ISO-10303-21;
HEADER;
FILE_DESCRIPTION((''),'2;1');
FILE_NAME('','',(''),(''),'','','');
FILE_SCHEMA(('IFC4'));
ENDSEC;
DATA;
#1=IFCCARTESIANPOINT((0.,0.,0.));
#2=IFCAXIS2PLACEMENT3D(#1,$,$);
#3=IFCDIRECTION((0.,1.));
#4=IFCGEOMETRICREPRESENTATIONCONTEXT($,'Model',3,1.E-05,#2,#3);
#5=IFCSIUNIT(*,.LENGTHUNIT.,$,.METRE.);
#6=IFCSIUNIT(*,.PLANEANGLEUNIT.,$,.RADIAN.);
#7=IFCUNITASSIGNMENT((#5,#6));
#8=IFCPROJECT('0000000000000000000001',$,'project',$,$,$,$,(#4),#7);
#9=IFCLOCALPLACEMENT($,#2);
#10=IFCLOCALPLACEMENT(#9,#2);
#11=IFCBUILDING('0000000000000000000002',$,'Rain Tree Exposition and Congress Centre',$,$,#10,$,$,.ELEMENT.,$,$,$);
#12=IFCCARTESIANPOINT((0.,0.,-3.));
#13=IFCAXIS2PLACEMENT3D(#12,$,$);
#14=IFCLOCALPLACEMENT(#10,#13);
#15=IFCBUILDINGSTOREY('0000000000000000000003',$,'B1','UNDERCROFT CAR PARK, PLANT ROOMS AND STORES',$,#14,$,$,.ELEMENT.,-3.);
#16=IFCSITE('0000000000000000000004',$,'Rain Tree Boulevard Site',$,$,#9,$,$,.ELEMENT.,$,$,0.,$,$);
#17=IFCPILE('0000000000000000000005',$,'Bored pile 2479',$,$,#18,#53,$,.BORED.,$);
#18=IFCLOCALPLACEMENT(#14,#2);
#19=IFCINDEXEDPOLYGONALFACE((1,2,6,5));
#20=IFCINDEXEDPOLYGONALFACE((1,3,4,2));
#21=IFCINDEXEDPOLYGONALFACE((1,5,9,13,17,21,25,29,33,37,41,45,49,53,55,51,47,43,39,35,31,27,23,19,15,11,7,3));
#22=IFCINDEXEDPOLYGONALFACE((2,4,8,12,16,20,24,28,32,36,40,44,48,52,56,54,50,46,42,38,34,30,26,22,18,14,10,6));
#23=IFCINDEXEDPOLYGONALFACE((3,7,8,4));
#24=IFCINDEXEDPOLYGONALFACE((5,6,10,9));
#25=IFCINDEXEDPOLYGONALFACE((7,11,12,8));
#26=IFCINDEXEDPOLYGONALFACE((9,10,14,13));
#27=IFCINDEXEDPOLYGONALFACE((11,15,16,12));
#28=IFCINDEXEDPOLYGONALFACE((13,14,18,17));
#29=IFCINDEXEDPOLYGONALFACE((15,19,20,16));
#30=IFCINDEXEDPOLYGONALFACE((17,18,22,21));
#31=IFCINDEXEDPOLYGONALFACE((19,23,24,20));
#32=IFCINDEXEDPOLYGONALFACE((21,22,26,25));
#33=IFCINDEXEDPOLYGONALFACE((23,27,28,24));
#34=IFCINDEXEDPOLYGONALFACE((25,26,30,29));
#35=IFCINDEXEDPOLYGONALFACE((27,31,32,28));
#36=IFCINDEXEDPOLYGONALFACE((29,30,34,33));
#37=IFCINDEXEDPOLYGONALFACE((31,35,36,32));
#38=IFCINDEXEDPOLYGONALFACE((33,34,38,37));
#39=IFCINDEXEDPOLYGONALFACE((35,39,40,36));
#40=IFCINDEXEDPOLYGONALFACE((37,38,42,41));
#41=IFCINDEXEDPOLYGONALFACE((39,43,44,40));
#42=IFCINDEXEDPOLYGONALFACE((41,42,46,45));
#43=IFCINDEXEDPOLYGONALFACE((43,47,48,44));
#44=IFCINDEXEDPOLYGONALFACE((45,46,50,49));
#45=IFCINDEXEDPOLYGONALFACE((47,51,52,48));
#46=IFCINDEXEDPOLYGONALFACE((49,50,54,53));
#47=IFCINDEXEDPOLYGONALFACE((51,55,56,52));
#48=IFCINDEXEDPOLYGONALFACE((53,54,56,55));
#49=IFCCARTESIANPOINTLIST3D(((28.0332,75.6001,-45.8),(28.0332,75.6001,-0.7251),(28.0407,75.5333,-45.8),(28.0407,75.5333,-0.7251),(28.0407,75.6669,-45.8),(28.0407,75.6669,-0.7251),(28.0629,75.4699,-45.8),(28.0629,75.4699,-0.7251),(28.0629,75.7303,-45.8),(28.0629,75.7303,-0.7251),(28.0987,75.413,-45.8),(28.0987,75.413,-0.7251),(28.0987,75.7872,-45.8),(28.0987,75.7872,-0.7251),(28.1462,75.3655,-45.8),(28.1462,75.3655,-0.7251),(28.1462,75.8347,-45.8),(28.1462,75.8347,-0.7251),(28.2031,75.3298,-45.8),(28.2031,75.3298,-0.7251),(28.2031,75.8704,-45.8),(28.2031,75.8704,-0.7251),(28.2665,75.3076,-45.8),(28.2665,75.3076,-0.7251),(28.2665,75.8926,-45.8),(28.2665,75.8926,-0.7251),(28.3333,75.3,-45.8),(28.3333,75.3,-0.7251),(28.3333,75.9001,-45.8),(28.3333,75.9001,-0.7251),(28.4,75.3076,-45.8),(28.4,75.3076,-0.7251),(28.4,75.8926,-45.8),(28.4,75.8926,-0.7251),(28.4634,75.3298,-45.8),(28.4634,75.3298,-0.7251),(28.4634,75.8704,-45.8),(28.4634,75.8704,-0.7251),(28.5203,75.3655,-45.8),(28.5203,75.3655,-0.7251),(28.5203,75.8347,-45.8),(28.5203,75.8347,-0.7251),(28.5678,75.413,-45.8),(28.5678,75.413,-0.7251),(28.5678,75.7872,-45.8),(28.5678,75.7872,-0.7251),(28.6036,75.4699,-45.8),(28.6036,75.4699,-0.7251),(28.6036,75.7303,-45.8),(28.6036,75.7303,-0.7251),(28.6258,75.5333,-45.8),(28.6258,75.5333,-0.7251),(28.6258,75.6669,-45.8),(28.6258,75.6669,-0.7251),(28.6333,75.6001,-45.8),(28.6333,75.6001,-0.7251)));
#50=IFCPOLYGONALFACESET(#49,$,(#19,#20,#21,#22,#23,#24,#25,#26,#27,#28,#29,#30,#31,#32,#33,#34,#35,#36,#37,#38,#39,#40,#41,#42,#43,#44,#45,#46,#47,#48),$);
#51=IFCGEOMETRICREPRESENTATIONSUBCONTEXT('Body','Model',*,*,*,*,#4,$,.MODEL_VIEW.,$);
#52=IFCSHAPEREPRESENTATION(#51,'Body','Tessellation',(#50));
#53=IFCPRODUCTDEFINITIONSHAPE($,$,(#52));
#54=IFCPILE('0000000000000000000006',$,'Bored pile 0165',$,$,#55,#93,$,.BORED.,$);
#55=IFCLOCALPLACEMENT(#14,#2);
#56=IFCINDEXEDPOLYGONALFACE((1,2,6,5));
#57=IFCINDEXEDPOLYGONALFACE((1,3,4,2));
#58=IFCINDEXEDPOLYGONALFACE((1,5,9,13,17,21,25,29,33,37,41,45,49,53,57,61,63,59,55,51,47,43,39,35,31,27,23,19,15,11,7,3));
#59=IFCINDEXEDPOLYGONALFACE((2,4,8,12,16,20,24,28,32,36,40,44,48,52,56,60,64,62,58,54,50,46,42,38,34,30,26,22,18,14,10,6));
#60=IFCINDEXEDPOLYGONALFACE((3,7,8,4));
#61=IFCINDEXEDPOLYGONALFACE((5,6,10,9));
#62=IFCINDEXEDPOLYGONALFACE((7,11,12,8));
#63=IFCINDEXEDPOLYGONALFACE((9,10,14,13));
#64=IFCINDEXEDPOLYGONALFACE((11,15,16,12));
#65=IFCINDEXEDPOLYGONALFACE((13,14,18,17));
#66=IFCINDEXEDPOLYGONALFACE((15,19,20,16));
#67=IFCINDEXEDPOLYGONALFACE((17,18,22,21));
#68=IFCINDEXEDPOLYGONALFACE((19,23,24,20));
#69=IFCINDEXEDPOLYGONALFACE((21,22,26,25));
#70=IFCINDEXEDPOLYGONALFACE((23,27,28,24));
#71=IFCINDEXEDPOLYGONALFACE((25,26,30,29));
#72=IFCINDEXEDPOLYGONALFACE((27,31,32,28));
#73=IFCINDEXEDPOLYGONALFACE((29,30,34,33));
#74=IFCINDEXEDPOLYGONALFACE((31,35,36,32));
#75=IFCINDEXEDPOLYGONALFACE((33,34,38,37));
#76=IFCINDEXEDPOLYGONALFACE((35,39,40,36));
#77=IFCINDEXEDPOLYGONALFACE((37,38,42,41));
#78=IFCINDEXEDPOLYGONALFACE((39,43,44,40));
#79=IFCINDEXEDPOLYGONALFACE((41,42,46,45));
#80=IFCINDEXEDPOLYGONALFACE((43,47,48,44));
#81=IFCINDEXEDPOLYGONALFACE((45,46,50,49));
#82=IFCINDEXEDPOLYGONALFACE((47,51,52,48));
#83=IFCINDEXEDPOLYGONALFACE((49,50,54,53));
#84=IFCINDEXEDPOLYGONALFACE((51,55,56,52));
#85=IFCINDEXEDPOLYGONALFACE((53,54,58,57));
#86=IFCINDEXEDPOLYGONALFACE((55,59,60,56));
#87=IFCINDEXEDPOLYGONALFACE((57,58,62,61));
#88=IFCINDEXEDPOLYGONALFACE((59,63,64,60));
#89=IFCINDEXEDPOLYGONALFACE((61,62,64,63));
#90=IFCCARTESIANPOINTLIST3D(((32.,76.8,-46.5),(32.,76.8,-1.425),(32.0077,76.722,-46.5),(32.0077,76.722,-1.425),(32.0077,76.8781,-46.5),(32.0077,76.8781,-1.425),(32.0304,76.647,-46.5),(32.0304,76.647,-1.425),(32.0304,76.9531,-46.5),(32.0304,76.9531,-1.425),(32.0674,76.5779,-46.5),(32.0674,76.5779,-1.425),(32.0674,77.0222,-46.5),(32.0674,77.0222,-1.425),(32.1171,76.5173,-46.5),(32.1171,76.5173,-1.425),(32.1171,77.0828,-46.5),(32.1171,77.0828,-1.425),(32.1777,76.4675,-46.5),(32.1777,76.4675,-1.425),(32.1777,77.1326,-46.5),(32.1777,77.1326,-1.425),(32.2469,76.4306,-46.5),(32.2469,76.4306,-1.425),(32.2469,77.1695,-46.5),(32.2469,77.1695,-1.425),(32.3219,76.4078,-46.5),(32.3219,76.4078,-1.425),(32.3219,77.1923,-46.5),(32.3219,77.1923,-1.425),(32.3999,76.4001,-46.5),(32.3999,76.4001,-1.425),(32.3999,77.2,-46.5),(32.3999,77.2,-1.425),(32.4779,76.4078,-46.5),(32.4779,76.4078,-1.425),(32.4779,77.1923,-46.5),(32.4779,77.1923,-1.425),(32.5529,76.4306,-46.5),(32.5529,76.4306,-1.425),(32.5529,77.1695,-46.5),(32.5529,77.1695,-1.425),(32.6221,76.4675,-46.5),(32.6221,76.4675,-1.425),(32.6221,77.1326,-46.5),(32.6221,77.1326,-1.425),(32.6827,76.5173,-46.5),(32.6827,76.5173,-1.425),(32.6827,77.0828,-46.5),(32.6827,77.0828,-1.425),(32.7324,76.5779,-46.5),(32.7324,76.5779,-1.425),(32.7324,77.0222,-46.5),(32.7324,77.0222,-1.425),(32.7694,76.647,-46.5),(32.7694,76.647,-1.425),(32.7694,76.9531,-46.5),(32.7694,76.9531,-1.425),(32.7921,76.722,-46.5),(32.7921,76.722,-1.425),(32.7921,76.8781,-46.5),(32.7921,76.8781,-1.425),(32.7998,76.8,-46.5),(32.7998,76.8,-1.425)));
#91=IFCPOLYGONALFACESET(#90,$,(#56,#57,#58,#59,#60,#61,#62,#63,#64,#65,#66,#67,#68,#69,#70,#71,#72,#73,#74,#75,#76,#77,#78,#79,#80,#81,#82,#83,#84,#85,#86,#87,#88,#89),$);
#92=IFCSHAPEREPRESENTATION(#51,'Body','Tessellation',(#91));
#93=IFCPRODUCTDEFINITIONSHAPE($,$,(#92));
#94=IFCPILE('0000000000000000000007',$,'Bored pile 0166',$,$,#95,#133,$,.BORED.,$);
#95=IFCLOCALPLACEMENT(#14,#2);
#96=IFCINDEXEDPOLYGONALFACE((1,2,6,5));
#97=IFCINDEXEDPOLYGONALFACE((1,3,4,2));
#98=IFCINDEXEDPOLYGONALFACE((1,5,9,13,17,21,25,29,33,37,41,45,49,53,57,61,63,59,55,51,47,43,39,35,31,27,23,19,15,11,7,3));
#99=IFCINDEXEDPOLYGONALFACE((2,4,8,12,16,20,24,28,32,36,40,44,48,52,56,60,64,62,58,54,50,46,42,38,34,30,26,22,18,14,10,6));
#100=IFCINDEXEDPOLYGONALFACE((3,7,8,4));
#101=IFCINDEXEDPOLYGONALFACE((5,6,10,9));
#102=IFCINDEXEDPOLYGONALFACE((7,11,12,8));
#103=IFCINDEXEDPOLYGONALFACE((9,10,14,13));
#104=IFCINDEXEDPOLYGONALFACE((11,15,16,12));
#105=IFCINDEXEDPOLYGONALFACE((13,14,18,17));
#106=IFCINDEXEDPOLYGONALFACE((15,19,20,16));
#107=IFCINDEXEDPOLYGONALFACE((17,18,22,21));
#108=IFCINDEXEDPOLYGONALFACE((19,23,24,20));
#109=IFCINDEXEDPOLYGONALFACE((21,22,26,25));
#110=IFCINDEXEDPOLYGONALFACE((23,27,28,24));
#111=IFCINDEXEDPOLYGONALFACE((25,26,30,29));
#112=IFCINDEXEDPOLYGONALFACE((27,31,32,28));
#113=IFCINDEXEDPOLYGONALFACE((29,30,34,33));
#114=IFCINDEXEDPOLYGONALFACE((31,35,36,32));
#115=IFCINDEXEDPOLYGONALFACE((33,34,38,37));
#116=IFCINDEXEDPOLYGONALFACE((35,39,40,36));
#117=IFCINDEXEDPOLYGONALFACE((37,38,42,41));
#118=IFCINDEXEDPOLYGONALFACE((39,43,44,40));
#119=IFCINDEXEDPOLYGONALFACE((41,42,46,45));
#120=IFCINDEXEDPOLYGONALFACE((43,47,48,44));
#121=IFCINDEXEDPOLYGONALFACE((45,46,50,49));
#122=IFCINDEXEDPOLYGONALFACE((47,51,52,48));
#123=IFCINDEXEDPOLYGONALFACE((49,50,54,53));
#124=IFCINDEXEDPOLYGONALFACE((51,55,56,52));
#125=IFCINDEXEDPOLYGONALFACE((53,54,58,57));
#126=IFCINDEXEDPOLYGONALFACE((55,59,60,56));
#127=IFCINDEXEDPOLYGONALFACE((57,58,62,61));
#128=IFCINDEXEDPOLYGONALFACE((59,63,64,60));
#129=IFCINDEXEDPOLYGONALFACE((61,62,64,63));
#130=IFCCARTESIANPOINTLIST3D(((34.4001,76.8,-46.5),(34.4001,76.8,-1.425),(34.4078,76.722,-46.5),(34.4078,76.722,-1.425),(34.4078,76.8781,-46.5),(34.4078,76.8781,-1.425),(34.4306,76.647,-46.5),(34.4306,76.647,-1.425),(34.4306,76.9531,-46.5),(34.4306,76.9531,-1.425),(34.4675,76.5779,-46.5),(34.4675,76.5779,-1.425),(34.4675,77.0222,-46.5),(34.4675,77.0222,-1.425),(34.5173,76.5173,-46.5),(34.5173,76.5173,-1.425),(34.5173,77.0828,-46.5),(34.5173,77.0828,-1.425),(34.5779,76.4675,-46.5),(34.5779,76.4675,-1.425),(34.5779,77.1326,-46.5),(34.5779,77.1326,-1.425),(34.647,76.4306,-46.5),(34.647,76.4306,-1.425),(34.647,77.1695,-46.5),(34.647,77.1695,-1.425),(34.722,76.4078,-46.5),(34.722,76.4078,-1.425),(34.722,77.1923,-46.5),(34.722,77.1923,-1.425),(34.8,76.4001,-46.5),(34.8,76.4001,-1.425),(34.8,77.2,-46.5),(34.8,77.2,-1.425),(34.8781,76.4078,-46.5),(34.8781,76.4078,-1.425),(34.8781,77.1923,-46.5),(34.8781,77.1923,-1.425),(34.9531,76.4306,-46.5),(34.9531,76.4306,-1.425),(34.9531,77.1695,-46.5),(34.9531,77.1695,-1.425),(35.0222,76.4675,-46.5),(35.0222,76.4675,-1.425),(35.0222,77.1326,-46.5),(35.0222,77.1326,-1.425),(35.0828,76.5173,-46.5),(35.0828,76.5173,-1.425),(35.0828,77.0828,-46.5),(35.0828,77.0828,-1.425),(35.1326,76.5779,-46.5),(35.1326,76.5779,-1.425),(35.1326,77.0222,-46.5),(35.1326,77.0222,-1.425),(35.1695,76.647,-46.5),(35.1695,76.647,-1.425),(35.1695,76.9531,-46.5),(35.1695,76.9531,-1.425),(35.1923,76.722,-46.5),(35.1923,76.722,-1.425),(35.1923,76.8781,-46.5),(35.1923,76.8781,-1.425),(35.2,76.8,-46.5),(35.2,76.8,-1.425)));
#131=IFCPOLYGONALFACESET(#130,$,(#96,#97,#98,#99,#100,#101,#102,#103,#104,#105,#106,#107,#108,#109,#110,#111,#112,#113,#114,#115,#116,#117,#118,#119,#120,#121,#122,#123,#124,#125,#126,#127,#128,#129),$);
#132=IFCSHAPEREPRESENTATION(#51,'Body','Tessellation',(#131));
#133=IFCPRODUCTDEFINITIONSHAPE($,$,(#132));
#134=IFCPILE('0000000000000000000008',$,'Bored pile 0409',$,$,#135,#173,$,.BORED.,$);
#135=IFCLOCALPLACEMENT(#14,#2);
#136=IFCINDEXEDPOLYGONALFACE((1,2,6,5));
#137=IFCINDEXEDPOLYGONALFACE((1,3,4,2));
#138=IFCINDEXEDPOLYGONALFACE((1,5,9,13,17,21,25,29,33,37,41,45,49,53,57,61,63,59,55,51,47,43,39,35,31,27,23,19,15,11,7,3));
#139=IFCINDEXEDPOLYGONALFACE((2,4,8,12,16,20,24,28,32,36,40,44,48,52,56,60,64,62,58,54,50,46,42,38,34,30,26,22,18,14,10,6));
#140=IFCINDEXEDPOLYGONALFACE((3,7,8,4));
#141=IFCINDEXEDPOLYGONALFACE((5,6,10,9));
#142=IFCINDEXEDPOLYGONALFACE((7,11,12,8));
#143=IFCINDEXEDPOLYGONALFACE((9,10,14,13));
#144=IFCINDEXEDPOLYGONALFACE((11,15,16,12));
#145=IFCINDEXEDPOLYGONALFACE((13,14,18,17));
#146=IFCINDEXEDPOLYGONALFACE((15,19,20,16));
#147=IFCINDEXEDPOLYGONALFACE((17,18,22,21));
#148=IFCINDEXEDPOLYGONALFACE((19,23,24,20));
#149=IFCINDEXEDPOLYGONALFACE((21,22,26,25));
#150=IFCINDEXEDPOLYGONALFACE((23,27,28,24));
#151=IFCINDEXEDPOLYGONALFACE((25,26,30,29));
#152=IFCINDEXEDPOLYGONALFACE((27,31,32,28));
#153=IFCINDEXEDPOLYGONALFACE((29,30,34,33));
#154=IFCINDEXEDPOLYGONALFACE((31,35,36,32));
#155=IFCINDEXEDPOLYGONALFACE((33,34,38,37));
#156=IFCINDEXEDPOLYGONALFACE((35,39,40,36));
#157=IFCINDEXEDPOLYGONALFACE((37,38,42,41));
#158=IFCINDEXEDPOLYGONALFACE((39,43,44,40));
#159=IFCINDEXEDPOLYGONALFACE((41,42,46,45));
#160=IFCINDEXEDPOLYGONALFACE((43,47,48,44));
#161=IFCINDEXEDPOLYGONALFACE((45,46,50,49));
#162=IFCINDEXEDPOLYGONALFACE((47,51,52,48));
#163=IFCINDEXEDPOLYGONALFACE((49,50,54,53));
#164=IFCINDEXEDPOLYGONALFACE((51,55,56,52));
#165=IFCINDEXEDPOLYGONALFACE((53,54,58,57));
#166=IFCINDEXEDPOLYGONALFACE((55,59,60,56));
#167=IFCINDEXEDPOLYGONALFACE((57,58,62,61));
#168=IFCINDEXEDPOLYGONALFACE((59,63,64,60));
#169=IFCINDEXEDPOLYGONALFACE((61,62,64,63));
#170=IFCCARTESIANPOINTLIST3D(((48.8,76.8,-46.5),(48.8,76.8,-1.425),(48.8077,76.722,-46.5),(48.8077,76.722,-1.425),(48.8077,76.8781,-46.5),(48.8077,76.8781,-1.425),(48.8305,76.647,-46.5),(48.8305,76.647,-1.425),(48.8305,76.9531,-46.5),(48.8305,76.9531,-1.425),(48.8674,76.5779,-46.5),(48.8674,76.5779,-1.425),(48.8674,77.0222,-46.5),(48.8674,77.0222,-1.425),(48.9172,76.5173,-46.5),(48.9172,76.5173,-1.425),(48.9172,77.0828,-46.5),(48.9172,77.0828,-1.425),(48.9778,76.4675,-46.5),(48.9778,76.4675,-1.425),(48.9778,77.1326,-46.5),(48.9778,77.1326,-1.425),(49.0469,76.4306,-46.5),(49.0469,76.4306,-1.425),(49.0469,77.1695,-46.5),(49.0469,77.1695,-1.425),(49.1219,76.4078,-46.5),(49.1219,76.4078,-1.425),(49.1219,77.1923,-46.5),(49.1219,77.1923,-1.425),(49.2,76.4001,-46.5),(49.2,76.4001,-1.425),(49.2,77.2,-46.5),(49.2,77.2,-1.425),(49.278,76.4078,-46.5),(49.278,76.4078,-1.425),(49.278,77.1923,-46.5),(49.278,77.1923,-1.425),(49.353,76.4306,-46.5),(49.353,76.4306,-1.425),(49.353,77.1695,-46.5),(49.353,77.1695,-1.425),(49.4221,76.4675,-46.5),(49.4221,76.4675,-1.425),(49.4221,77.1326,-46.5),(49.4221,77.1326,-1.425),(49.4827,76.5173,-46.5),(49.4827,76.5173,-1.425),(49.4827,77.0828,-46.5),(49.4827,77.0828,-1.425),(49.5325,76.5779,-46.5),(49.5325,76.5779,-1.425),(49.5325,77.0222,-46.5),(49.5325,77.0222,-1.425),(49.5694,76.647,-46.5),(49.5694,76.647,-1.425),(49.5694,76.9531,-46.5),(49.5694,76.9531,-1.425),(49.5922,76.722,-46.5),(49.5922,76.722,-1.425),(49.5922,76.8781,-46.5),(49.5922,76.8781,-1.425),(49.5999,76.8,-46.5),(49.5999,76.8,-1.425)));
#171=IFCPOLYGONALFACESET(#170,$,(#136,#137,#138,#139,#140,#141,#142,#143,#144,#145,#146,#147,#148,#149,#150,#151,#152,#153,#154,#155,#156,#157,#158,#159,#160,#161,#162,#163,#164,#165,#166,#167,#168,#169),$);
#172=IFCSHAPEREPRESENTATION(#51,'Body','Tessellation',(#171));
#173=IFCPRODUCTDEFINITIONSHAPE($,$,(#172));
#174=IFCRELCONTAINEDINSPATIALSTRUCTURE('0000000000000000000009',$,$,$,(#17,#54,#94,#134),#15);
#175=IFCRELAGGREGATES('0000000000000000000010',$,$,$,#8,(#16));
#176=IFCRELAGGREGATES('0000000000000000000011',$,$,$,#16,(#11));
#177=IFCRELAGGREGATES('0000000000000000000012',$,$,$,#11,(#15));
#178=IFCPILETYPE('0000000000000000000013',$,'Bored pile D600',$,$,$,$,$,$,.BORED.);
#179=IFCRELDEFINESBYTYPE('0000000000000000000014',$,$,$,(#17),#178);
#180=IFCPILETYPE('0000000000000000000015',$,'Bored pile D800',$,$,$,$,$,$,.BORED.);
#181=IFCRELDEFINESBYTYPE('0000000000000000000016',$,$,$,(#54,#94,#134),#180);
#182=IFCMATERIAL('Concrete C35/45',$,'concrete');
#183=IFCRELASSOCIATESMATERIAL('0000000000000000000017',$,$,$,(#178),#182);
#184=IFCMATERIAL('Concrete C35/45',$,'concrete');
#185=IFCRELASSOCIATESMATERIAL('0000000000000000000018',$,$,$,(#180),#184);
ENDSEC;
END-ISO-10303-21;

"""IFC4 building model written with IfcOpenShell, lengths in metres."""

from ifc_helpers import new_model, si_unit, direction, frame, origin, origin_2d, place, context, subcontext, project, spatial, circle, extrude, material, material_profile, profile_set, type_object, element, save


model = new_model("IFC4")

# Units and contexts
model_context = context("Model", 3, precision=1e-05, world=origin(), true_north=direction((0.0, 1.0)))
body_context = subcontext(model_context, "Body", "Model", "MODEL_VIEW")
ifc_project = project(units=[si_unit("LENGTHUNIT", "METRE"), si_unit("PLANEANGLEUNIT", "RADIAN")], contexts=[model_context])

# Site, building, storey
site_placement = place(None, origin())
site = spatial("IfcSite", under=ifc_project, at=site_placement, Name="Rain Tree Boulevard Site", CompositionType="ELEMENT", RefElevation=0.0)
building_placement = place(site_placement, origin())
building = spatial("IfcBuilding", under=site, at=building_placement, Name="Rain Tree Exposition and Congress Centre", CompositionType="ELEMENT")
storey_placement = place(building_placement, frame((0.0, 0.0, -3.0)))
storey = spatial("IfcBuildingStorey", under=building, at=storey_placement, Name="B1", Description="UNDERCROFT CAR PARK, PLANT ROOMS AND STORES", CompositionType="ELEMENT", Elevation=-3.0)

# Piles
ifc_material_1 = material(Name="Concrete C35/45", Category="concrete")
ifc_material_profile_1 = material_profile(ifc_material_1, circle(Radius=0.3, at=origin_2d()), Name="D600")
ifc_profile_set_1 = profile_set([ifc_material_profile_1], Name="Concrete C35/45")
pile_type_1 = type_object("IfcPileType", Name="Bored pile D600", PredefinedType="BORED", material=ifc_profile_set_1)
for number, where, z_axis, x_axis, name in (
    (1, (28.3333, 75.6001, -0.7251), (0.0, 0.0, -1.0), (1.0, 0.0, 0.0), "Bored pile 2479"),
):
    element("IfcPile", number, at=place(storey_placement, frame(where, z_axis=z_axis, x_axis=x_axis)), inside=storey, type_object=pile_type_1, Name=name, PredefinedType="BORED", context=body_context, shape_type="SweptSolid", body=[
        extrude(circle(Radius=0.3, at=origin_2d()), origin(), (0.0, 0.0, 1.0), 45.075),
    ])
ifc_material_2 = material(Name="Concrete C35/45", Category="concrete")
ifc_material_profile_2 = material_profile(ifc_material_2, circle(Radius=0.3999, at=origin_2d()), Name="D800")
ifc_profile_set_2 = profile_set([ifc_material_profile_2], Name="Concrete C35/45")
pile_type_2 = type_object("IfcPileType", Name="Bored pile D800", PredefinedType="BORED", material=ifc_profile_set_2)
for number, where, z_axis, x_axis, name in (
    (2, (32.3999, 76.8, -1.425), (0.0, 0.0, -1.0), (1.0, 0.0, 0.0), "Bored pile 0165"),
    (3, (34.8, 76.8, -1.425), (0.0, 0.0, -1.0), (1.0, 0.0, 0.0), "Bored pile 0166"),
    (4, (49.2, 76.8, -1.425), (0.0, 0.0, -1.0), (1.0, 0.0, 0.0), "Bored pile 0409"),
):
    element("IfcPile", number, at=place(storey_placement, frame(where, z_axis=z_axis, x_axis=x_axis)), inside=storey, type_object=pile_type_2, Name=name, PredefinedType="BORED", context=body_context, shape_type="SweptSolid", body=[
        extrude(circle(Radius=0.3999, at=origin_2d()), origin(), (0.0, 0.0, 1.0), 45.075),
    ])

save(model, "model.ifc")
